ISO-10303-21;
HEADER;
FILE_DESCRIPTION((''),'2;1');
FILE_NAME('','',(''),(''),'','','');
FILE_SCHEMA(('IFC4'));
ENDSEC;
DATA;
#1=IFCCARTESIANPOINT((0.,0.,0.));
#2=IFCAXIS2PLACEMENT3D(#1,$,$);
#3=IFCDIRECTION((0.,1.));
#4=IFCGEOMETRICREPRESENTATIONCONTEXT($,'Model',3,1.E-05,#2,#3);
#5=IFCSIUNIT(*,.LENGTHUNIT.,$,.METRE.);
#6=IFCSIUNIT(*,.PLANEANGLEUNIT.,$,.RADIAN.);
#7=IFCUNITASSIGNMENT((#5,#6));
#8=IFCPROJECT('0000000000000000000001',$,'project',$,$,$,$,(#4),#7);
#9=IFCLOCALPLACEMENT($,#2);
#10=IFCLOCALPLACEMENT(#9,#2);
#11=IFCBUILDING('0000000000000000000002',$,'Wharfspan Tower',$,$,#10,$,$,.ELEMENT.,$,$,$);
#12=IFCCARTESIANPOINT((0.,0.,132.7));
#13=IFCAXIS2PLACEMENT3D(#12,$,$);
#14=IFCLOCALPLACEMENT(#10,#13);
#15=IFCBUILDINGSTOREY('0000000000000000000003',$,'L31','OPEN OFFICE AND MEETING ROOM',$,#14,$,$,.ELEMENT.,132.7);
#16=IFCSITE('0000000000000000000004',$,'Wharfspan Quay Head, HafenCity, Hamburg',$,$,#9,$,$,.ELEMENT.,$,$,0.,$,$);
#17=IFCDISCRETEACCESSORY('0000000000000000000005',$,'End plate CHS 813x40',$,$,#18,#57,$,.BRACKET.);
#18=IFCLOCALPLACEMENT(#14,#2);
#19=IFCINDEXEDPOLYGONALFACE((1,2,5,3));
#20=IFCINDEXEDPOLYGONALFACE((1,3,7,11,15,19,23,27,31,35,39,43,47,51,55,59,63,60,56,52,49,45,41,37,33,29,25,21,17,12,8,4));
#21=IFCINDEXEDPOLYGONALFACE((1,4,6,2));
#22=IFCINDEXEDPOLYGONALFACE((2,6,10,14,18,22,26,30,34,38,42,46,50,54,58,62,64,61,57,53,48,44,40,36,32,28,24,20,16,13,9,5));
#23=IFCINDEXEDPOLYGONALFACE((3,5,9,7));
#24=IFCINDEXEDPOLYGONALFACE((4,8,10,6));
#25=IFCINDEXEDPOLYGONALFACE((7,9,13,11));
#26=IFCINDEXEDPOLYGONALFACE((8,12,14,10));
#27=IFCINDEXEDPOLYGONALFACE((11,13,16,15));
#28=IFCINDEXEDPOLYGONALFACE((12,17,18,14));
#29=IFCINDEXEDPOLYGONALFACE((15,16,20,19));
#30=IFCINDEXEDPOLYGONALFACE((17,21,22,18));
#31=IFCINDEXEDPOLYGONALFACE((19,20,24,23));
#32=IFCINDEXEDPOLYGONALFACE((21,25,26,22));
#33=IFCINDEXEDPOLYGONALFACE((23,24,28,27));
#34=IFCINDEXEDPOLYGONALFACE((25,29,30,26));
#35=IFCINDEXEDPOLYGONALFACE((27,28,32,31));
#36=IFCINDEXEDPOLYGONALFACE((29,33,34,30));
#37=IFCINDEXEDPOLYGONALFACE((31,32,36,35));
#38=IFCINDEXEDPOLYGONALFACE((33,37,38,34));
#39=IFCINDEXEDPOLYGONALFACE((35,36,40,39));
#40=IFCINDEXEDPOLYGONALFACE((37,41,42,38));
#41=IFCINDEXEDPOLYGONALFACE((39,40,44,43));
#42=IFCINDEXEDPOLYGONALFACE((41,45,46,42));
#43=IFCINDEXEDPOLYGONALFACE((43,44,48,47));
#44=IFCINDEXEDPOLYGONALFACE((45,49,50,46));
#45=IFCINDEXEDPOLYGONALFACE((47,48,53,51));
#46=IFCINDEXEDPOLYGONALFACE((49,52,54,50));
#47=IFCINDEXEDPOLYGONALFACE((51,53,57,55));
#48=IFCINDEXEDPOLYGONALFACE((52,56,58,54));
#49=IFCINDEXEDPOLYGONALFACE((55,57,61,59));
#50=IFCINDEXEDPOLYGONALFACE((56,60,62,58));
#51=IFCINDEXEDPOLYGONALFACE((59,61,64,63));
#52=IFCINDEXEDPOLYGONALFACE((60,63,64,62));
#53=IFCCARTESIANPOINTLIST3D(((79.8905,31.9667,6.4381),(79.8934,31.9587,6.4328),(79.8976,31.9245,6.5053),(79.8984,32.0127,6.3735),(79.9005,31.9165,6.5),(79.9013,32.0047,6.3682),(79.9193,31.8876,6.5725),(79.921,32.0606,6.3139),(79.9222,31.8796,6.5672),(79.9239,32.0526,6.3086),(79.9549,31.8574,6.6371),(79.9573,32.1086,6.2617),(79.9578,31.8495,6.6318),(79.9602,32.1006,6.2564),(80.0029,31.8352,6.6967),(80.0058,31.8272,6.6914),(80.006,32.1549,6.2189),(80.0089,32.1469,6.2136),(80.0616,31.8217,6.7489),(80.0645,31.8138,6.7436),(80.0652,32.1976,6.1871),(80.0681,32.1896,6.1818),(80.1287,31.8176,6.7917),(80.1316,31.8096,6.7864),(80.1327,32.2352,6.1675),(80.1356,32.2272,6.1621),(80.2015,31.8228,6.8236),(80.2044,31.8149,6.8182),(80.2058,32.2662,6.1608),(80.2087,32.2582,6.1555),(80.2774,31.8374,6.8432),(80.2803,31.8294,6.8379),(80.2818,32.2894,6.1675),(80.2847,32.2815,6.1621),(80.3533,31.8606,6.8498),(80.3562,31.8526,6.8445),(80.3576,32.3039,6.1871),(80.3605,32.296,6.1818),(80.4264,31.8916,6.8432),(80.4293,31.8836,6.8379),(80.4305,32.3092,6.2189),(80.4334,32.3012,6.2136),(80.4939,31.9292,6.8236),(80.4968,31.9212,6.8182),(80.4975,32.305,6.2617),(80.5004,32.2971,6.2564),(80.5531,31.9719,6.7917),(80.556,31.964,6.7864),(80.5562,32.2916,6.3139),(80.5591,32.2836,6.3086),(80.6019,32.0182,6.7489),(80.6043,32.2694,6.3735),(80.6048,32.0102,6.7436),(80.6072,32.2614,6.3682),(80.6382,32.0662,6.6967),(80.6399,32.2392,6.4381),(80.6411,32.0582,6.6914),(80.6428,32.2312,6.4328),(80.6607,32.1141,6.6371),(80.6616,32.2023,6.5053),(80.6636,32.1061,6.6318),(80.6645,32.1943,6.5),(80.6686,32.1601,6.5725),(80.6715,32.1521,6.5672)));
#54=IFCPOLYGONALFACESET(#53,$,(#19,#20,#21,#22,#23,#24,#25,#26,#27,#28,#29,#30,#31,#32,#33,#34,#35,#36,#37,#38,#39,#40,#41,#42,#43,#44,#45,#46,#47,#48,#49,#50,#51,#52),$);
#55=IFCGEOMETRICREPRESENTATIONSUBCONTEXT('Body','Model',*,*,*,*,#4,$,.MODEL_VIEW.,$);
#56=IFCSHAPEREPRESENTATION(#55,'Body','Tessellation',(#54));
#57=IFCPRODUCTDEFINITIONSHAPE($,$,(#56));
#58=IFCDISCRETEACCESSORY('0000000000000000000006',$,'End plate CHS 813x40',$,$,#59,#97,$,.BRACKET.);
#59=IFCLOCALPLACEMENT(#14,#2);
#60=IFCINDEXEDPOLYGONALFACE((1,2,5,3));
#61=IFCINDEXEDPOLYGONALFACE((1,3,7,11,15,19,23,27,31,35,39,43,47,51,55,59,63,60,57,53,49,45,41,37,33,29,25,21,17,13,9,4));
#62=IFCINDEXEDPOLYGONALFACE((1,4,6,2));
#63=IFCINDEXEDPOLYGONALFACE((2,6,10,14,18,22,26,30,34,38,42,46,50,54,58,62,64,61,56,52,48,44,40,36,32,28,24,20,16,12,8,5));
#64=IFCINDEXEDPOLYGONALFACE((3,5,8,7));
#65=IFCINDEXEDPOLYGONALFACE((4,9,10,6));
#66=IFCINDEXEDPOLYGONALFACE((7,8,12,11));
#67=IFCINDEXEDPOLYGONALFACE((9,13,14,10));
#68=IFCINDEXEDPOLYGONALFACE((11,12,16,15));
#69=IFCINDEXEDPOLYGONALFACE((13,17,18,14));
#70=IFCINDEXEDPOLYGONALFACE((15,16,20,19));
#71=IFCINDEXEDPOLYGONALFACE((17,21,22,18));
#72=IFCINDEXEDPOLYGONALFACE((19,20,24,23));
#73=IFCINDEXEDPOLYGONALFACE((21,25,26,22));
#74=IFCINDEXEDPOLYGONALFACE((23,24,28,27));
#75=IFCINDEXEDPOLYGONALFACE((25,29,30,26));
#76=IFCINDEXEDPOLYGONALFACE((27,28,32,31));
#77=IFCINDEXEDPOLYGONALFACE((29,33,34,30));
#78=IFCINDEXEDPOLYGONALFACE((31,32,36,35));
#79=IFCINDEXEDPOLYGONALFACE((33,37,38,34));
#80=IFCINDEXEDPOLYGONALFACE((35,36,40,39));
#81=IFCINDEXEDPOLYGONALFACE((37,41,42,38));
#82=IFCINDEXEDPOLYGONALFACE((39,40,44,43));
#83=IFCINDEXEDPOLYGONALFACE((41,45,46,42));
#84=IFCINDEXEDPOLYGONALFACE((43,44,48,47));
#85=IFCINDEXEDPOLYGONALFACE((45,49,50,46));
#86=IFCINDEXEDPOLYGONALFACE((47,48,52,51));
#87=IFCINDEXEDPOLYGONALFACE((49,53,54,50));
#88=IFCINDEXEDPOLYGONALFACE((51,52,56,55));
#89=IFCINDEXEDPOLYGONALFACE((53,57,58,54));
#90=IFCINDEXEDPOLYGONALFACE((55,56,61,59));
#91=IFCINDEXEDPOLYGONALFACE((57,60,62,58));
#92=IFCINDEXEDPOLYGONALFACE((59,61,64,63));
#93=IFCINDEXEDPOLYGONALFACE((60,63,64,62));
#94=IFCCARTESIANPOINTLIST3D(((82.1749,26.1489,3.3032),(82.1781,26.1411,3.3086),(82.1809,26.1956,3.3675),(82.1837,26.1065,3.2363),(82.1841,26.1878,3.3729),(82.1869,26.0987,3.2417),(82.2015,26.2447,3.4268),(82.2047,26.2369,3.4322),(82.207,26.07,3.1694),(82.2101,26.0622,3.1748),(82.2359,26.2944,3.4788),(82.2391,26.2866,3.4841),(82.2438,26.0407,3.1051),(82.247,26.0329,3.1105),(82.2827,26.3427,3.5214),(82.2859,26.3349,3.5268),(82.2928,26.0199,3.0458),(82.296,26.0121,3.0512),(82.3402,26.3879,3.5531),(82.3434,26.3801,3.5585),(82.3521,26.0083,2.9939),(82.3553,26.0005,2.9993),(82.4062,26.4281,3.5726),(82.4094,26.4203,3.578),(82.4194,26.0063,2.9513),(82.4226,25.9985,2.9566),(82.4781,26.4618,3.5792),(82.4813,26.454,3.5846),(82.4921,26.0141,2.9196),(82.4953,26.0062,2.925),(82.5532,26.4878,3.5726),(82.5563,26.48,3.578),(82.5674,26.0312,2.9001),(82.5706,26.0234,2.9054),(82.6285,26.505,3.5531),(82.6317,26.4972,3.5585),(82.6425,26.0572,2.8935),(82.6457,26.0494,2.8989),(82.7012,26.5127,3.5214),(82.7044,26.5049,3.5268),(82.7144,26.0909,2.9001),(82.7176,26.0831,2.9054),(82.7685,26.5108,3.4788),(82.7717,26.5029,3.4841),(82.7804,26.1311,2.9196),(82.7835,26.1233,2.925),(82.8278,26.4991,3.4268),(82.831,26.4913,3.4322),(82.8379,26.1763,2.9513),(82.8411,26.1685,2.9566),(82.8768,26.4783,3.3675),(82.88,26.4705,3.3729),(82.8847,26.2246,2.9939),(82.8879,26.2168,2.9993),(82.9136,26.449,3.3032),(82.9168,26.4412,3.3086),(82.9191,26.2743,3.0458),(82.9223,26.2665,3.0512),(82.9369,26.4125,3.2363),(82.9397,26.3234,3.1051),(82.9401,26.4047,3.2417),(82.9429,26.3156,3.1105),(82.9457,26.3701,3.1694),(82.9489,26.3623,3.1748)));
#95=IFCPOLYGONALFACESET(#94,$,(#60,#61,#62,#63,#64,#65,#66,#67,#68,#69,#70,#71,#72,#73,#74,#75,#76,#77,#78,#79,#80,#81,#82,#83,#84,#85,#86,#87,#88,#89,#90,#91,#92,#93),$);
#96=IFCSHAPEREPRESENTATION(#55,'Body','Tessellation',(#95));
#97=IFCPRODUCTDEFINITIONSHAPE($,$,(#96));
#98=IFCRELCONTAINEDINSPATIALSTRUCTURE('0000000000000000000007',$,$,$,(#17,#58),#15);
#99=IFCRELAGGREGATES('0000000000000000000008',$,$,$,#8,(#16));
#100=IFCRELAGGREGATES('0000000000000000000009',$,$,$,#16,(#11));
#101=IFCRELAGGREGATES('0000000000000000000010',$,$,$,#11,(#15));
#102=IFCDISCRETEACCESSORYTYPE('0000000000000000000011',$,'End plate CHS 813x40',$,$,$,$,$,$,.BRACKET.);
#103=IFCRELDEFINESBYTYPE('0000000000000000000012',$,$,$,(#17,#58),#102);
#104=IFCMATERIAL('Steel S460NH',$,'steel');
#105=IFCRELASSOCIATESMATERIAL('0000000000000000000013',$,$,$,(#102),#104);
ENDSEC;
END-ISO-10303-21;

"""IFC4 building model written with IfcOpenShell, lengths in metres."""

from ifc_helpers import new_model, si_unit, direction, frame, origin, origin_2d, place, context, subcontext, project, spatial, circle, extrude, material, material_profile, profile_set, type_object, element, save


model = new_model("IFC4")

# Units and contexts
model_context = context("Model", 3, precision=1e-05, world=origin(), true_north=direction((0.0, 1.0)))
body_context = subcontext(model_context, "Body", "Model", "MODEL_VIEW")
ifc_project = project(units=[si_unit("LENGTHUNIT", "METRE"), si_unit("PLANEANGLEUNIT", "RADIAN")], contexts=[model_context])

# Site, building, storey
site_placement = place(None, origin())
site = spatial("IfcSite", under=ifc_project, at=site_placement, Name="Wharfspan Quay Head, HafenCity, Hamburg", CompositionType="ELEMENT", RefElevation=0.0)
building_placement = place(site_placement, origin())
building = spatial("IfcBuilding", under=site, at=building_placement, Name="Wharfspan Tower", CompositionType="ELEMENT")
storey_placement = place(building_placement, frame((0.0, 0.0, 132.7)))
storey = spatial("IfcBuildingStorey", under=building, at=storey_placement, Name="L31", Description="OPEN OFFICE AND MEETING ROOM", CompositionType="ELEMENT", Elevation=132.7)

# Shared definitions
ifc_material_1 = material(Name="Steel S460NH", Category="steel")

# Discrete accessories
ifc_material_profile_1 = material_profile(ifc_material_1, circle(Radius=0.4065, at=origin_2d()))
ifc_profile_set_1 = profile_set([ifc_material_profile_1], Name="Steel S460NH")
discrete_accessory_type = type_object("IfcDiscreteAccessoryType", Name="End plate CHS 813x40", PredefinedType="BRACKET", material=ifc_profile_set_1)
for number, where, z_axis, x_axis, name in (
    (1, (80.2825, 32.0554, 6.5), (-0.289598, 0.796395, 0.53093), (-0.939792, -0.341743, 0.000001), "End plate CHS 813x40"),
    (2, (82.5603, 26.2595, 3.2363), (0.317451, -0.781418, 0.537225), (0.92647, 0.376377, -0.000002), "End plate CHS 813x40"),
):
    element("IfcDiscreteAccessory", number, at=place(storey_placement, frame(where, z_axis=z_axis, x_axis=x_axis)), inside=storey, type_object=discrete_accessory_type, Name=name, PredefinedType="BRACKET", context=body_context, shape_type="SweptSolid", body=[
        extrude(circle(Radius=0.4065, at=origin_2d()), origin(), (0.0, 0.0, 1.0), 0.01),
    ])

save(model, "model.ifc")
